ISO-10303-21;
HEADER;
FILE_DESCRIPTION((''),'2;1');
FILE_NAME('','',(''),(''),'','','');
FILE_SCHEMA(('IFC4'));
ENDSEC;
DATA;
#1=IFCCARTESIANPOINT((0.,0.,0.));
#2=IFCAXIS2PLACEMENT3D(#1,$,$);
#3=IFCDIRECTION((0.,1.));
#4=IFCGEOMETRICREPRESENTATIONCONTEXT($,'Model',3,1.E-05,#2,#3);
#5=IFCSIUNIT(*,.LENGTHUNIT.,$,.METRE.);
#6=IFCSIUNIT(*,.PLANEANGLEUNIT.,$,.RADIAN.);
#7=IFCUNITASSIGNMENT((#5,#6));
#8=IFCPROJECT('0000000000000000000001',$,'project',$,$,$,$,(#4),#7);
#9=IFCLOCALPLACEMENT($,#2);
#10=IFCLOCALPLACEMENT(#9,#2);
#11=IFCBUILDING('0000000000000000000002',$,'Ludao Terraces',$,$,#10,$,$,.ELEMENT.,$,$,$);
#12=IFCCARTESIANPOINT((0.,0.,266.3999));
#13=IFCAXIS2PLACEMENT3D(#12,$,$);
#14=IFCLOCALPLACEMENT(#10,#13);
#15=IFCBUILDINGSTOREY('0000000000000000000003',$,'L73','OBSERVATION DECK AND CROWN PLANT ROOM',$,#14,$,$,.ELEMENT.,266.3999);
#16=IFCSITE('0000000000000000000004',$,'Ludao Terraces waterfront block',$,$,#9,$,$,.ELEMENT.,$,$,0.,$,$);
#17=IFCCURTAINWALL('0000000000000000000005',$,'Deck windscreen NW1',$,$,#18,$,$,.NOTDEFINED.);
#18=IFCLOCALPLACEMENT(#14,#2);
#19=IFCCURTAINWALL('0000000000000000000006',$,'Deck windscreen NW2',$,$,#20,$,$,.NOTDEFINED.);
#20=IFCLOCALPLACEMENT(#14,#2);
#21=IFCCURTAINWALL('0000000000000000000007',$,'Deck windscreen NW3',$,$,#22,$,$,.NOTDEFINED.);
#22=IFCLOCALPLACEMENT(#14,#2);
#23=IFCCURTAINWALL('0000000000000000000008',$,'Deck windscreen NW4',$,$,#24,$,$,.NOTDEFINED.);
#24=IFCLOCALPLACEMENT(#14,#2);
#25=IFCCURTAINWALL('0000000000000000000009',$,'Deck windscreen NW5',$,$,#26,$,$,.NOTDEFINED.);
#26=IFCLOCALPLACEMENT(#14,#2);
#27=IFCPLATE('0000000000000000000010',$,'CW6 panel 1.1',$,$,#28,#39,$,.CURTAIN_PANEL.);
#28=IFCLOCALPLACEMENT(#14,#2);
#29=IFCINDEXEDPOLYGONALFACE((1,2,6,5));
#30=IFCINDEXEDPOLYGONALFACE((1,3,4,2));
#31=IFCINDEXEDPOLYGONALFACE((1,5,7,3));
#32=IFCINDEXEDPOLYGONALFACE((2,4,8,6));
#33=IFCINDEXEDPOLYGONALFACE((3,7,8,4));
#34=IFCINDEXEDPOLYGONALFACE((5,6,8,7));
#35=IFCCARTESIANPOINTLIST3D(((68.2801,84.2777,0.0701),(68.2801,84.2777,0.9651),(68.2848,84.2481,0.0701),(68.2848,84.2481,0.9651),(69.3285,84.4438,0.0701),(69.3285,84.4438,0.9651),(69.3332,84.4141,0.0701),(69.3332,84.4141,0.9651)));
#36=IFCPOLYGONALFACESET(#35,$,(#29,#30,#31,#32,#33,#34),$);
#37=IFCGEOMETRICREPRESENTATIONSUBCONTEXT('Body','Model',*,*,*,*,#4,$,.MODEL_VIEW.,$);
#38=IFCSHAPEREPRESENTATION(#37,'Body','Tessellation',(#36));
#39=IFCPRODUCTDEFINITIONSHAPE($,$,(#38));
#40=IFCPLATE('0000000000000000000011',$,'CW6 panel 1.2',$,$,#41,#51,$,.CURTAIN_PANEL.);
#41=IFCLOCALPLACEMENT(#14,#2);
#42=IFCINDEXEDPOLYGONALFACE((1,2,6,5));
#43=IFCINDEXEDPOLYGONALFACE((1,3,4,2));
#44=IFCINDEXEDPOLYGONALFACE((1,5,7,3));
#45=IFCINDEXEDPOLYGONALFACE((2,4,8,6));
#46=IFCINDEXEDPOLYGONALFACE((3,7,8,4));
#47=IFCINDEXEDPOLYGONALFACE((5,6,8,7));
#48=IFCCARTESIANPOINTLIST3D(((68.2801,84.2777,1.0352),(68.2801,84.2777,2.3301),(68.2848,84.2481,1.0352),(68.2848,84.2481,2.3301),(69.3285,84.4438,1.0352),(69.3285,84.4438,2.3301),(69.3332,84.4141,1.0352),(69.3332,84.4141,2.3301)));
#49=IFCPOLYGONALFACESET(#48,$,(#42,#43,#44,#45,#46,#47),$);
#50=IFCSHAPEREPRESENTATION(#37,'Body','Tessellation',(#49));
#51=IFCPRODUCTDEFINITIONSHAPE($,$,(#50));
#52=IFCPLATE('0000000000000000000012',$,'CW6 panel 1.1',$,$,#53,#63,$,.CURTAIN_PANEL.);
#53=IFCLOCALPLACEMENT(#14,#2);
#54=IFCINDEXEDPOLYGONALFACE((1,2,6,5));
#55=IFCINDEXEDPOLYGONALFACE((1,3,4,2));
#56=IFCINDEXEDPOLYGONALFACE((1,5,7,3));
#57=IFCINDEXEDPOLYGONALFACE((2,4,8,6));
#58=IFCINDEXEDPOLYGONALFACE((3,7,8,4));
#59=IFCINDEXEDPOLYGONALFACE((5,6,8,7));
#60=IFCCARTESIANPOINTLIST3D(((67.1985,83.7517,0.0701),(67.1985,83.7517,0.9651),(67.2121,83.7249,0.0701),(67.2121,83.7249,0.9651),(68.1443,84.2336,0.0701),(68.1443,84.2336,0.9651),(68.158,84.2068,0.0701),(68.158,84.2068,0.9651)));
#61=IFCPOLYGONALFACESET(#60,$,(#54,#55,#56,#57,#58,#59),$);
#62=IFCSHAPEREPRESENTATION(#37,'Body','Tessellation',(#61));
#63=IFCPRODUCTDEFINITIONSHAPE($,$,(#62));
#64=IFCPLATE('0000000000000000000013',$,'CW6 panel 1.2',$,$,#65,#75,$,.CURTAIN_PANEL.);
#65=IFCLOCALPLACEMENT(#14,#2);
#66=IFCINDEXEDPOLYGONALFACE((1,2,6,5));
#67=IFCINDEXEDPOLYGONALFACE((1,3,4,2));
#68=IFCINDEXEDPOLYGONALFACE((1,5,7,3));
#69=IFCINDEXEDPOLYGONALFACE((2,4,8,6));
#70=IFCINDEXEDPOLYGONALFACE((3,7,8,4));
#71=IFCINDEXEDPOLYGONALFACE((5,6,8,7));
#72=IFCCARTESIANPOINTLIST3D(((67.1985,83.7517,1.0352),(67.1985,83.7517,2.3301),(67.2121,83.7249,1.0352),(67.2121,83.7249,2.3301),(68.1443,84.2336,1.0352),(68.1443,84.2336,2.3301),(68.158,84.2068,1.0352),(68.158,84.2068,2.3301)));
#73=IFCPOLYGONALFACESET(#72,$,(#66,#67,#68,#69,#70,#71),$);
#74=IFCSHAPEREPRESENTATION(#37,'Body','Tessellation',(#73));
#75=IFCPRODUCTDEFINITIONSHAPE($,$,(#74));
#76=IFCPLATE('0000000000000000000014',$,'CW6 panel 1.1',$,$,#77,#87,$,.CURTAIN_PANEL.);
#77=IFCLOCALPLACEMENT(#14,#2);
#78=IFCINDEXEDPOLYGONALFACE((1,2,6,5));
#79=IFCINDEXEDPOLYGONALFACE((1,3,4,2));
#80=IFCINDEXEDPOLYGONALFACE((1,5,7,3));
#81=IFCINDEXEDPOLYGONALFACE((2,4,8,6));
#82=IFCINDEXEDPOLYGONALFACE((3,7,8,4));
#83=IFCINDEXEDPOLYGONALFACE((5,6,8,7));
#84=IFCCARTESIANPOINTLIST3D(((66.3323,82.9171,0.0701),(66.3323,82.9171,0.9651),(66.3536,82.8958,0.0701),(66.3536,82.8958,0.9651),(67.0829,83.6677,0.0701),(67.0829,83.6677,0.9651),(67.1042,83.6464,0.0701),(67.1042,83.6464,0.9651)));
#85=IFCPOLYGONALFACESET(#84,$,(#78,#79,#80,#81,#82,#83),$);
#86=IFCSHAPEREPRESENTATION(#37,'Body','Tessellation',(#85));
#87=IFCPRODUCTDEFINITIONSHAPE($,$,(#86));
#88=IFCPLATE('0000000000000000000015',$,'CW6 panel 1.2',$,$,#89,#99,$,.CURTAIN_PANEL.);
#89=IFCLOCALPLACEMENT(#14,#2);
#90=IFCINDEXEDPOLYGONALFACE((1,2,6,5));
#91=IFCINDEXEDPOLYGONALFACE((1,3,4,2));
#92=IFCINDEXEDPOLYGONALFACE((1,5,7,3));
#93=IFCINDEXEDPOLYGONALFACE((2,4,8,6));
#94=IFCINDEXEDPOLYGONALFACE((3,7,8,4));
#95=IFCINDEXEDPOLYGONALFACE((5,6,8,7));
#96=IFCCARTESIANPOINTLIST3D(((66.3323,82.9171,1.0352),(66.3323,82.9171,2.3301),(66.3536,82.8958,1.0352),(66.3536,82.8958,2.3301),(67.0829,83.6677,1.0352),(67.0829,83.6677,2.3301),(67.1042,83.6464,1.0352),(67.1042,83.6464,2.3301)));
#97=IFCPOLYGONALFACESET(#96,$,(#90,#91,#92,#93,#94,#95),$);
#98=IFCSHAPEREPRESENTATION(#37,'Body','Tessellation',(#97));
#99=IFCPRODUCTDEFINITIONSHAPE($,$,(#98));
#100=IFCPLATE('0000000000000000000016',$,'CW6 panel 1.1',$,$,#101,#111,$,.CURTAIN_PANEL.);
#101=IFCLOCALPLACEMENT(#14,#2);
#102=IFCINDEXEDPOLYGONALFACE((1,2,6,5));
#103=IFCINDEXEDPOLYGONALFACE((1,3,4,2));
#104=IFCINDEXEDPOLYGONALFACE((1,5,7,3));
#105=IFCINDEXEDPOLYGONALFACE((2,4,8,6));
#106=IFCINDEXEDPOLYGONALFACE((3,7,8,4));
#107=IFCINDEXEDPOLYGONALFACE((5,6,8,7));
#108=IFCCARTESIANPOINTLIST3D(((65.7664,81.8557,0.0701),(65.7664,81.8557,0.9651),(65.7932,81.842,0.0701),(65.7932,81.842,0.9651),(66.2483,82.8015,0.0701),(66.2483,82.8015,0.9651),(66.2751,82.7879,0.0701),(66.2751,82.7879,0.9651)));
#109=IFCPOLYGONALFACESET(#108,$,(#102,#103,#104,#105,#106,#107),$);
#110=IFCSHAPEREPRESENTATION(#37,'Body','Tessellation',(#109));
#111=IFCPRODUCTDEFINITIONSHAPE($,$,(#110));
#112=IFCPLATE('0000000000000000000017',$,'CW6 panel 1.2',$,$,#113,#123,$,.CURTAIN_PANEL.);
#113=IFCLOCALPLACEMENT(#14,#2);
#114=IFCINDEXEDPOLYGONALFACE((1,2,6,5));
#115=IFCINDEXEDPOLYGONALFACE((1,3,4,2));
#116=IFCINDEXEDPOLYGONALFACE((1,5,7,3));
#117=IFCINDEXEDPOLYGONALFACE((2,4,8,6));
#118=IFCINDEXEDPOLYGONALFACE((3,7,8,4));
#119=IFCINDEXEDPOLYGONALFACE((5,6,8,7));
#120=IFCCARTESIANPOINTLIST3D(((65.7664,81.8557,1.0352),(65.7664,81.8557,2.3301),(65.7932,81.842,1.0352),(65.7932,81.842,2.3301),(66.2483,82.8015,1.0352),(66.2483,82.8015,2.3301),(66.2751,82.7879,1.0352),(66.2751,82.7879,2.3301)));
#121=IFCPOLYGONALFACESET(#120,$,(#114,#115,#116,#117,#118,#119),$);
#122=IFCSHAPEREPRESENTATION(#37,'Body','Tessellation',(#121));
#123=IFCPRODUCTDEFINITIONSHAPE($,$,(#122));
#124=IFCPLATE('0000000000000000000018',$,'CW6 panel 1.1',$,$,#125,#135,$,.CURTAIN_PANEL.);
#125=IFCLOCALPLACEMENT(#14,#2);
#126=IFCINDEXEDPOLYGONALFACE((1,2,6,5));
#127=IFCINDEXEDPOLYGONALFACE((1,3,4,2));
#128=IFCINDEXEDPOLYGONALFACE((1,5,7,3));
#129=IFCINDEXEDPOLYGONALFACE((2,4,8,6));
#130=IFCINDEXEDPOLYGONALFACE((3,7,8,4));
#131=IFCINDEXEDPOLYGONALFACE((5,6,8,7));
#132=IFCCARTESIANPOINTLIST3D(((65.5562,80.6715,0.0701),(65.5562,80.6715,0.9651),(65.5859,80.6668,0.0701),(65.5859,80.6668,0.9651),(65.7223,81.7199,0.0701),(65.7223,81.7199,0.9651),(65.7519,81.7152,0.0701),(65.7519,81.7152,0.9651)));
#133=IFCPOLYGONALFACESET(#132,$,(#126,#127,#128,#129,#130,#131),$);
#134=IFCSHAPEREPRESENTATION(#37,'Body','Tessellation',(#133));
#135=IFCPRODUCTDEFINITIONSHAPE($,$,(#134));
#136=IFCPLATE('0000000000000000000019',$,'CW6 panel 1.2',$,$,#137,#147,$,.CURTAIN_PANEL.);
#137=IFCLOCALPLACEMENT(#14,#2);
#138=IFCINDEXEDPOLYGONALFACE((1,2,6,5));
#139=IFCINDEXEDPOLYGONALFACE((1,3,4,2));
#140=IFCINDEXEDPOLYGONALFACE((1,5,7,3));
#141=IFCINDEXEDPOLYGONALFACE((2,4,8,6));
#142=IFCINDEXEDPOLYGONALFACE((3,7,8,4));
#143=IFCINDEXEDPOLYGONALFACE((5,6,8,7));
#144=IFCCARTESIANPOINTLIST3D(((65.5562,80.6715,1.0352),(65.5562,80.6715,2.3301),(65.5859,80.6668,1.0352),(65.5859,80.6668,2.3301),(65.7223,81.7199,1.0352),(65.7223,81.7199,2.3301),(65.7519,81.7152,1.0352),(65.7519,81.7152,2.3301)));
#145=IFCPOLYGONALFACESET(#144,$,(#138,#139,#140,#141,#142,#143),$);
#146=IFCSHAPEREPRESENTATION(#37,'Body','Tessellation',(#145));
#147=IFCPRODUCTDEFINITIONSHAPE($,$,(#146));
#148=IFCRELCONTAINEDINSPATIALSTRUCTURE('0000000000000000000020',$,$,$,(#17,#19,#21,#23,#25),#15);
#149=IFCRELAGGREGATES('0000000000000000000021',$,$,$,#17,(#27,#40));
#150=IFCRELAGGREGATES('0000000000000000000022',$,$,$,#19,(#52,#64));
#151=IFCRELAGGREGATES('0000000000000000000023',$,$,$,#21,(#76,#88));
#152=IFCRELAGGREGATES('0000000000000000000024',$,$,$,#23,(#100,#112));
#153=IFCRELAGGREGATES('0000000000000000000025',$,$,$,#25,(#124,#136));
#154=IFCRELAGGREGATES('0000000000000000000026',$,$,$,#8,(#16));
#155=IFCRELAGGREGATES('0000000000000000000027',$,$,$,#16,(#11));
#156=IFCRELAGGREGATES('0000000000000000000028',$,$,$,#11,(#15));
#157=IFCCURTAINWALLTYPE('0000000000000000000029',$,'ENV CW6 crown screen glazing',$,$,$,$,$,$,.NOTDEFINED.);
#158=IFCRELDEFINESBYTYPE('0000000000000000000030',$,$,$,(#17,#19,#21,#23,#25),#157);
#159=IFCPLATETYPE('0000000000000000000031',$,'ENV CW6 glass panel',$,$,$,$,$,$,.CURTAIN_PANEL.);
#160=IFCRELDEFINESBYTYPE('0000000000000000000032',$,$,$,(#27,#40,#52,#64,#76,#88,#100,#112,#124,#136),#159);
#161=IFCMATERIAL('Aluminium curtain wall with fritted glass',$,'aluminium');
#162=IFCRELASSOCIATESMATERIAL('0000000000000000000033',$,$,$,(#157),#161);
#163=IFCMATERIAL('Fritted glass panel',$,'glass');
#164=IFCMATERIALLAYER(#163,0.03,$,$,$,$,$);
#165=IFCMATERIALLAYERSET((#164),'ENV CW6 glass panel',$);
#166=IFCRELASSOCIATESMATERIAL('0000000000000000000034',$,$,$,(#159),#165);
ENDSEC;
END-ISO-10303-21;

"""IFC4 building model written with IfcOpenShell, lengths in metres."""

from ifc_helpers import new_model, si_unit, direction, frame, origin, origin_2d, place, context, subcontext, project, spatial, rectangle, extrude, material, layer, layer_set, type_object, element, aggregate, save


model = new_model("IFC4")

# Units and contexts
model_context = context("Model", 3, precision=1e-05, world=origin(), true_north=direction((0.0, 1.0)))
body_context = subcontext(model_context, "Body", "Model", "MODEL_VIEW")
ifc_project = project(units=[si_unit("LENGTHUNIT", "METRE"), si_unit("PLANEANGLEUNIT", "RADIAN")], contexts=[model_context])

# Site, building, storey
site_placement = place(None, origin())
site = spatial("IfcSite", under=ifc_project, at=site_placement, Name="Ludao Terraces waterfront block", CompositionType="ELEMENT", RefElevation=0.0)
building_placement = place(site_placement, origin())
building = spatial("IfcBuilding", under=site, at=building_placement, Name="Ludao Terraces", CompositionType="ELEMENT")
storey_placement = place(building_placement, frame((0.0, 0.0, 266.3999)))
storey = spatial("IfcBuildingStorey", under=building, at=storey_placement, Name="L73", Description="OBSERVATION DECK AND CROWN PLANT ROOM", CompositionType="ELEMENT", Elevation=266.3999)

# Curtain wall
ifc_material_1 = material(Name="Aluminium curtain wall with fritted glass", Category="aluminium")
curtain_wall_type = type_object("IfcCurtainWallType", Name="ENV CW6 crown screen glazing", PredefinedType="NOTDEFINED", material=ifc_material_1)
curtain_wall_1_placement = place(storey_placement, origin())
curtain_wall_1 = element("IfcCurtainWall", 1, at=curtain_wall_1_placement, inside=storey, type_object=curtain_wall_type, Name="Deck windscreen NW1", PredefinedType="NOTDEFINED")

# Curtain walls
curtain_wall_2_placement = place(storey_placement, origin())
curtain_wall_2 = element("IfcCurtainWall", 2, at=curtain_wall_2_placement, inside=storey, type_object=curtain_wall_type, Name="Deck windscreen NW2", PredefinedType="NOTDEFINED")
curtain_wall_3_placement = place(storey_placement, origin())
curtain_wall_3 = element("IfcCurtainWall", 3, at=curtain_wall_3_placement, inside=storey, type_object=curtain_wall_type, Name="Deck windscreen NW3", PredefinedType="NOTDEFINED")
curtain_wall_4_placement = place(storey_placement, origin())
curtain_wall_4 = element("IfcCurtainWall", 4, at=curtain_wall_4_placement, inside=storey, type_object=curtain_wall_type, Name="Deck windscreen NW4", PredefinedType="NOTDEFINED")
curtain_wall_5_placement = place(storey_placement, origin())
curtain_wall_5 = element("IfcCurtainWall", 5, at=curtain_wall_5_placement, inside=storey, type_object=curtain_wall_type, Name="Deck windscreen NW5", PredefinedType="NOTDEFINED")

# Plates
ifc_material_2 = material(Name="Fritted glass panel", Category="glass")
ifc_layer = layer(ifc_material_2, 0.03)
ifc_layer_set = layer_set([ifc_layer], Name="ENV CW6 glass panel")
plate_type = type_object("IfcPlateType", Name="ENV CW6 glass panel", PredefinedType="CURTAIN_PANEL", material=ifc_layer_set)
plate_1_placement = place(storey_placement, frame((68.8066, 84.3459, 0.0701), z_axis=(0.0, 0.0, 1.0), x_axis=(-0.987688, -0.156435, 0.0)))
plate_1 = element("IfcPlate", 6, at=plate_1_placement, type_object=plate_type, Name="CW6 panel 1.1", PredefinedType="CURTAIN_PANEL", context=body_context, shape_type="SweptSolid", body=[
    extrude(rectangle(XDim=1.0615, YDim=0.03, at=origin_2d()), origin(), (0.0, 0.0, 1.0), 0.895),
])
plate_2_placement = place(storey_placement, frame((68.8066, 84.3459, 1.0352), z_axis=(0.0, 0.0, 1.0), x_axis=(-0.987688, -0.156435, 0.0)))
plate_2 = element("IfcPlate", 7, at=plate_2_placement, type_object=plate_type, Name="CW6 panel 1.2", PredefinedType="CURTAIN_PANEL", context=body_context, shape_type="SweptSolid", body=[
    extrude(rectangle(XDim=1.0615, YDim=0.03, at=origin_2d()), origin(), (0.0, 0.0, 1.0), 1.2949),
])
aggregate(curtain_wall_1, [plate_1, plate_2])
plate_3_placement = place(storey_placement, frame((67.6782, 83.9792, 0.0701), z_axis=(0.0, 0.0, 1.0), x_axis=(-0.891006, -0.453991, 0.0)))
plate_3 = element("IfcPlate", 8, at=plate_3_placement, type_object=plate_type, Name="CW6 panel 1.1", PredefinedType="CURTAIN_PANEL", context=body_context, shape_type="SweptSolid", body=[
    extrude(rectangle(XDim=1.0615, YDim=0.03, at=origin_2d()), origin(), (0.0, 0.0, 1.0), 0.895),
])
plate_4_placement = place(storey_placement, frame((67.6782, 83.9792, 1.0352), z_axis=(0.0, 0.0, 1.0), x_axis=(-0.891006, -0.453991, 0.0)))
plate_4 = element("IfcPlate", 9, at=plate_4_placement, type_object=plate_type, Name="CW6 panel 1.2", PredefinedType="CURTAIN_PANEL", context=body_context, shape_type="SweptSolid", body=[
    extrude(rectangle(XDim=1.0615, YDim=0.03, at=origin_2d()), origin(), (0.0, 0.0, 1.0), 1.2949),
])
aggregate(curtain_wall_2, [plate_3, plate_4])
plate_5_placement = place(storey_placement, frame((66.7183, 83.2817, 0.0701), z_axis=(0.0, 0.0, 1.0), x_axis=(-0.707107, -0.707107, 0.0)))
plate_5 = element("IfcPlate", 10, at=plate_5_placement, type_object=plate_type, Name="CW6 panel 1.1", PredefinedType="CURTAIN_PANEL", context=body_context, shape_type="SweptSolid", body=[
    extrude(rectangle(XDim=1.0615, YDim=0.03, at=origin_2d()), origin(), (0.0, 0.0, 1.0), 0.895),
])
plate_6_placement = place(storey_placement, frame((66.7183, 83.2817, 1.0352), z_axis=(0.0, 0.0, 1.0), x_axis=(-0.707107, -0.707107, 0.0)))
plate_6 = element("IfcPlate", 11, at=plate_6_placement, type_object=plate_type, Name="CW6 panel 1.2", PredefinedType="CURTAIN_PANEL", context=body_context, shape_type="SweptSolid", body=[
    extrude(rectangle(XDim=1.0615, YDim=0.03, at=origin_2d()), origin(), (0.0, 0.0, 1.0), 1.2949),
])
aggregate(curtain_wall_3, [plate_5, plate_6])
plate_7_placement = place(storey_placement, frame((66.0208, 82.3218, 0.0701), z_axis=(0.0, 0.0, 1.0), x_axis=(-0.453991, -0.891006, 0.0)))
plate_7 = element("IfcPlate", 12, at=plate_7_placement, type_object=plate_type, Name="CW6 panel 1.1", PredefinedType="CURTAIN_PANEL", context=body_context, shape_type="SweptSolid", body=[
    extrude(rectangle(XDim=1.0615, YDim=0.03, at=origin_2d()), origin(), (0.0, 0.0, 1.0), 0.895),
])
plate_8_placement = place(storey_placement, frame((66.0208, 82.3218, 1.0352), z_axis=(0.0, 0.0, 1.0), x_axis=(-0.453991, -0.891006, 0.0)))
plate_8 = element("IfcPlate", 13, at=plate_8_placement, type_object=plate_type, Name="CW6 panel 1.2", PredefinedType="CURTAIN_PANEL", context=body_context, shape_type="SweptSolid", body=[
    extrude(rectangle(XDim=1.0615, YDim=0.03, at=origin_2d()), origin(), (0.0, 0.0, 1.0), 1.2949),
])
aggregate(curtain_wall_4, [plate_7, plate_8])
plate_9_placement = place(storey_placement, frame((65.6541, 81.1934, 0.0701), z_axis=(0.0, 0.0, 1.0), x_axis=(-0.156435, -0.987688, 0.0)))
plate_9 = element("IfcPlate", 14, at=plate_9_placement, type_object=plate_type, Name="CW6 panel 1.1", PredefinedType="CURTAIN_PANEL", context=body_context, shape_type="SweptSolid", body=[
    extrude(rectangle(XDim=1.0615, YDim=0.03, at=origin_2d()), origin(), (0.0, 0.0, 1.0), 0.895),
])
plate_10_placement = place(storey_placement, frame((65.6541, 81.1934, 1.0352), z_axis=(0.0, 0.0, 1.0), x_axis=(-0.156435, -0.987688, 0.0)))
plate_10 = element("IfcPlate", 15, at=plate_10_placement, type_object=plate_type, Name="CW6 panel 1.2", PredefinedType="CURTAIN_PANEL", context=body_context, shape_type="SweptSolid", body=[
    extrude(rectangle(XDim=1.0615, YDim=0.03, at=origin_2d()), origin(), (0.0, 0.0, 1.0), 1.2949),
])
aggregate(curtain_wall_5, [plate_9, plate_10])

save(model, "model.ifc")
